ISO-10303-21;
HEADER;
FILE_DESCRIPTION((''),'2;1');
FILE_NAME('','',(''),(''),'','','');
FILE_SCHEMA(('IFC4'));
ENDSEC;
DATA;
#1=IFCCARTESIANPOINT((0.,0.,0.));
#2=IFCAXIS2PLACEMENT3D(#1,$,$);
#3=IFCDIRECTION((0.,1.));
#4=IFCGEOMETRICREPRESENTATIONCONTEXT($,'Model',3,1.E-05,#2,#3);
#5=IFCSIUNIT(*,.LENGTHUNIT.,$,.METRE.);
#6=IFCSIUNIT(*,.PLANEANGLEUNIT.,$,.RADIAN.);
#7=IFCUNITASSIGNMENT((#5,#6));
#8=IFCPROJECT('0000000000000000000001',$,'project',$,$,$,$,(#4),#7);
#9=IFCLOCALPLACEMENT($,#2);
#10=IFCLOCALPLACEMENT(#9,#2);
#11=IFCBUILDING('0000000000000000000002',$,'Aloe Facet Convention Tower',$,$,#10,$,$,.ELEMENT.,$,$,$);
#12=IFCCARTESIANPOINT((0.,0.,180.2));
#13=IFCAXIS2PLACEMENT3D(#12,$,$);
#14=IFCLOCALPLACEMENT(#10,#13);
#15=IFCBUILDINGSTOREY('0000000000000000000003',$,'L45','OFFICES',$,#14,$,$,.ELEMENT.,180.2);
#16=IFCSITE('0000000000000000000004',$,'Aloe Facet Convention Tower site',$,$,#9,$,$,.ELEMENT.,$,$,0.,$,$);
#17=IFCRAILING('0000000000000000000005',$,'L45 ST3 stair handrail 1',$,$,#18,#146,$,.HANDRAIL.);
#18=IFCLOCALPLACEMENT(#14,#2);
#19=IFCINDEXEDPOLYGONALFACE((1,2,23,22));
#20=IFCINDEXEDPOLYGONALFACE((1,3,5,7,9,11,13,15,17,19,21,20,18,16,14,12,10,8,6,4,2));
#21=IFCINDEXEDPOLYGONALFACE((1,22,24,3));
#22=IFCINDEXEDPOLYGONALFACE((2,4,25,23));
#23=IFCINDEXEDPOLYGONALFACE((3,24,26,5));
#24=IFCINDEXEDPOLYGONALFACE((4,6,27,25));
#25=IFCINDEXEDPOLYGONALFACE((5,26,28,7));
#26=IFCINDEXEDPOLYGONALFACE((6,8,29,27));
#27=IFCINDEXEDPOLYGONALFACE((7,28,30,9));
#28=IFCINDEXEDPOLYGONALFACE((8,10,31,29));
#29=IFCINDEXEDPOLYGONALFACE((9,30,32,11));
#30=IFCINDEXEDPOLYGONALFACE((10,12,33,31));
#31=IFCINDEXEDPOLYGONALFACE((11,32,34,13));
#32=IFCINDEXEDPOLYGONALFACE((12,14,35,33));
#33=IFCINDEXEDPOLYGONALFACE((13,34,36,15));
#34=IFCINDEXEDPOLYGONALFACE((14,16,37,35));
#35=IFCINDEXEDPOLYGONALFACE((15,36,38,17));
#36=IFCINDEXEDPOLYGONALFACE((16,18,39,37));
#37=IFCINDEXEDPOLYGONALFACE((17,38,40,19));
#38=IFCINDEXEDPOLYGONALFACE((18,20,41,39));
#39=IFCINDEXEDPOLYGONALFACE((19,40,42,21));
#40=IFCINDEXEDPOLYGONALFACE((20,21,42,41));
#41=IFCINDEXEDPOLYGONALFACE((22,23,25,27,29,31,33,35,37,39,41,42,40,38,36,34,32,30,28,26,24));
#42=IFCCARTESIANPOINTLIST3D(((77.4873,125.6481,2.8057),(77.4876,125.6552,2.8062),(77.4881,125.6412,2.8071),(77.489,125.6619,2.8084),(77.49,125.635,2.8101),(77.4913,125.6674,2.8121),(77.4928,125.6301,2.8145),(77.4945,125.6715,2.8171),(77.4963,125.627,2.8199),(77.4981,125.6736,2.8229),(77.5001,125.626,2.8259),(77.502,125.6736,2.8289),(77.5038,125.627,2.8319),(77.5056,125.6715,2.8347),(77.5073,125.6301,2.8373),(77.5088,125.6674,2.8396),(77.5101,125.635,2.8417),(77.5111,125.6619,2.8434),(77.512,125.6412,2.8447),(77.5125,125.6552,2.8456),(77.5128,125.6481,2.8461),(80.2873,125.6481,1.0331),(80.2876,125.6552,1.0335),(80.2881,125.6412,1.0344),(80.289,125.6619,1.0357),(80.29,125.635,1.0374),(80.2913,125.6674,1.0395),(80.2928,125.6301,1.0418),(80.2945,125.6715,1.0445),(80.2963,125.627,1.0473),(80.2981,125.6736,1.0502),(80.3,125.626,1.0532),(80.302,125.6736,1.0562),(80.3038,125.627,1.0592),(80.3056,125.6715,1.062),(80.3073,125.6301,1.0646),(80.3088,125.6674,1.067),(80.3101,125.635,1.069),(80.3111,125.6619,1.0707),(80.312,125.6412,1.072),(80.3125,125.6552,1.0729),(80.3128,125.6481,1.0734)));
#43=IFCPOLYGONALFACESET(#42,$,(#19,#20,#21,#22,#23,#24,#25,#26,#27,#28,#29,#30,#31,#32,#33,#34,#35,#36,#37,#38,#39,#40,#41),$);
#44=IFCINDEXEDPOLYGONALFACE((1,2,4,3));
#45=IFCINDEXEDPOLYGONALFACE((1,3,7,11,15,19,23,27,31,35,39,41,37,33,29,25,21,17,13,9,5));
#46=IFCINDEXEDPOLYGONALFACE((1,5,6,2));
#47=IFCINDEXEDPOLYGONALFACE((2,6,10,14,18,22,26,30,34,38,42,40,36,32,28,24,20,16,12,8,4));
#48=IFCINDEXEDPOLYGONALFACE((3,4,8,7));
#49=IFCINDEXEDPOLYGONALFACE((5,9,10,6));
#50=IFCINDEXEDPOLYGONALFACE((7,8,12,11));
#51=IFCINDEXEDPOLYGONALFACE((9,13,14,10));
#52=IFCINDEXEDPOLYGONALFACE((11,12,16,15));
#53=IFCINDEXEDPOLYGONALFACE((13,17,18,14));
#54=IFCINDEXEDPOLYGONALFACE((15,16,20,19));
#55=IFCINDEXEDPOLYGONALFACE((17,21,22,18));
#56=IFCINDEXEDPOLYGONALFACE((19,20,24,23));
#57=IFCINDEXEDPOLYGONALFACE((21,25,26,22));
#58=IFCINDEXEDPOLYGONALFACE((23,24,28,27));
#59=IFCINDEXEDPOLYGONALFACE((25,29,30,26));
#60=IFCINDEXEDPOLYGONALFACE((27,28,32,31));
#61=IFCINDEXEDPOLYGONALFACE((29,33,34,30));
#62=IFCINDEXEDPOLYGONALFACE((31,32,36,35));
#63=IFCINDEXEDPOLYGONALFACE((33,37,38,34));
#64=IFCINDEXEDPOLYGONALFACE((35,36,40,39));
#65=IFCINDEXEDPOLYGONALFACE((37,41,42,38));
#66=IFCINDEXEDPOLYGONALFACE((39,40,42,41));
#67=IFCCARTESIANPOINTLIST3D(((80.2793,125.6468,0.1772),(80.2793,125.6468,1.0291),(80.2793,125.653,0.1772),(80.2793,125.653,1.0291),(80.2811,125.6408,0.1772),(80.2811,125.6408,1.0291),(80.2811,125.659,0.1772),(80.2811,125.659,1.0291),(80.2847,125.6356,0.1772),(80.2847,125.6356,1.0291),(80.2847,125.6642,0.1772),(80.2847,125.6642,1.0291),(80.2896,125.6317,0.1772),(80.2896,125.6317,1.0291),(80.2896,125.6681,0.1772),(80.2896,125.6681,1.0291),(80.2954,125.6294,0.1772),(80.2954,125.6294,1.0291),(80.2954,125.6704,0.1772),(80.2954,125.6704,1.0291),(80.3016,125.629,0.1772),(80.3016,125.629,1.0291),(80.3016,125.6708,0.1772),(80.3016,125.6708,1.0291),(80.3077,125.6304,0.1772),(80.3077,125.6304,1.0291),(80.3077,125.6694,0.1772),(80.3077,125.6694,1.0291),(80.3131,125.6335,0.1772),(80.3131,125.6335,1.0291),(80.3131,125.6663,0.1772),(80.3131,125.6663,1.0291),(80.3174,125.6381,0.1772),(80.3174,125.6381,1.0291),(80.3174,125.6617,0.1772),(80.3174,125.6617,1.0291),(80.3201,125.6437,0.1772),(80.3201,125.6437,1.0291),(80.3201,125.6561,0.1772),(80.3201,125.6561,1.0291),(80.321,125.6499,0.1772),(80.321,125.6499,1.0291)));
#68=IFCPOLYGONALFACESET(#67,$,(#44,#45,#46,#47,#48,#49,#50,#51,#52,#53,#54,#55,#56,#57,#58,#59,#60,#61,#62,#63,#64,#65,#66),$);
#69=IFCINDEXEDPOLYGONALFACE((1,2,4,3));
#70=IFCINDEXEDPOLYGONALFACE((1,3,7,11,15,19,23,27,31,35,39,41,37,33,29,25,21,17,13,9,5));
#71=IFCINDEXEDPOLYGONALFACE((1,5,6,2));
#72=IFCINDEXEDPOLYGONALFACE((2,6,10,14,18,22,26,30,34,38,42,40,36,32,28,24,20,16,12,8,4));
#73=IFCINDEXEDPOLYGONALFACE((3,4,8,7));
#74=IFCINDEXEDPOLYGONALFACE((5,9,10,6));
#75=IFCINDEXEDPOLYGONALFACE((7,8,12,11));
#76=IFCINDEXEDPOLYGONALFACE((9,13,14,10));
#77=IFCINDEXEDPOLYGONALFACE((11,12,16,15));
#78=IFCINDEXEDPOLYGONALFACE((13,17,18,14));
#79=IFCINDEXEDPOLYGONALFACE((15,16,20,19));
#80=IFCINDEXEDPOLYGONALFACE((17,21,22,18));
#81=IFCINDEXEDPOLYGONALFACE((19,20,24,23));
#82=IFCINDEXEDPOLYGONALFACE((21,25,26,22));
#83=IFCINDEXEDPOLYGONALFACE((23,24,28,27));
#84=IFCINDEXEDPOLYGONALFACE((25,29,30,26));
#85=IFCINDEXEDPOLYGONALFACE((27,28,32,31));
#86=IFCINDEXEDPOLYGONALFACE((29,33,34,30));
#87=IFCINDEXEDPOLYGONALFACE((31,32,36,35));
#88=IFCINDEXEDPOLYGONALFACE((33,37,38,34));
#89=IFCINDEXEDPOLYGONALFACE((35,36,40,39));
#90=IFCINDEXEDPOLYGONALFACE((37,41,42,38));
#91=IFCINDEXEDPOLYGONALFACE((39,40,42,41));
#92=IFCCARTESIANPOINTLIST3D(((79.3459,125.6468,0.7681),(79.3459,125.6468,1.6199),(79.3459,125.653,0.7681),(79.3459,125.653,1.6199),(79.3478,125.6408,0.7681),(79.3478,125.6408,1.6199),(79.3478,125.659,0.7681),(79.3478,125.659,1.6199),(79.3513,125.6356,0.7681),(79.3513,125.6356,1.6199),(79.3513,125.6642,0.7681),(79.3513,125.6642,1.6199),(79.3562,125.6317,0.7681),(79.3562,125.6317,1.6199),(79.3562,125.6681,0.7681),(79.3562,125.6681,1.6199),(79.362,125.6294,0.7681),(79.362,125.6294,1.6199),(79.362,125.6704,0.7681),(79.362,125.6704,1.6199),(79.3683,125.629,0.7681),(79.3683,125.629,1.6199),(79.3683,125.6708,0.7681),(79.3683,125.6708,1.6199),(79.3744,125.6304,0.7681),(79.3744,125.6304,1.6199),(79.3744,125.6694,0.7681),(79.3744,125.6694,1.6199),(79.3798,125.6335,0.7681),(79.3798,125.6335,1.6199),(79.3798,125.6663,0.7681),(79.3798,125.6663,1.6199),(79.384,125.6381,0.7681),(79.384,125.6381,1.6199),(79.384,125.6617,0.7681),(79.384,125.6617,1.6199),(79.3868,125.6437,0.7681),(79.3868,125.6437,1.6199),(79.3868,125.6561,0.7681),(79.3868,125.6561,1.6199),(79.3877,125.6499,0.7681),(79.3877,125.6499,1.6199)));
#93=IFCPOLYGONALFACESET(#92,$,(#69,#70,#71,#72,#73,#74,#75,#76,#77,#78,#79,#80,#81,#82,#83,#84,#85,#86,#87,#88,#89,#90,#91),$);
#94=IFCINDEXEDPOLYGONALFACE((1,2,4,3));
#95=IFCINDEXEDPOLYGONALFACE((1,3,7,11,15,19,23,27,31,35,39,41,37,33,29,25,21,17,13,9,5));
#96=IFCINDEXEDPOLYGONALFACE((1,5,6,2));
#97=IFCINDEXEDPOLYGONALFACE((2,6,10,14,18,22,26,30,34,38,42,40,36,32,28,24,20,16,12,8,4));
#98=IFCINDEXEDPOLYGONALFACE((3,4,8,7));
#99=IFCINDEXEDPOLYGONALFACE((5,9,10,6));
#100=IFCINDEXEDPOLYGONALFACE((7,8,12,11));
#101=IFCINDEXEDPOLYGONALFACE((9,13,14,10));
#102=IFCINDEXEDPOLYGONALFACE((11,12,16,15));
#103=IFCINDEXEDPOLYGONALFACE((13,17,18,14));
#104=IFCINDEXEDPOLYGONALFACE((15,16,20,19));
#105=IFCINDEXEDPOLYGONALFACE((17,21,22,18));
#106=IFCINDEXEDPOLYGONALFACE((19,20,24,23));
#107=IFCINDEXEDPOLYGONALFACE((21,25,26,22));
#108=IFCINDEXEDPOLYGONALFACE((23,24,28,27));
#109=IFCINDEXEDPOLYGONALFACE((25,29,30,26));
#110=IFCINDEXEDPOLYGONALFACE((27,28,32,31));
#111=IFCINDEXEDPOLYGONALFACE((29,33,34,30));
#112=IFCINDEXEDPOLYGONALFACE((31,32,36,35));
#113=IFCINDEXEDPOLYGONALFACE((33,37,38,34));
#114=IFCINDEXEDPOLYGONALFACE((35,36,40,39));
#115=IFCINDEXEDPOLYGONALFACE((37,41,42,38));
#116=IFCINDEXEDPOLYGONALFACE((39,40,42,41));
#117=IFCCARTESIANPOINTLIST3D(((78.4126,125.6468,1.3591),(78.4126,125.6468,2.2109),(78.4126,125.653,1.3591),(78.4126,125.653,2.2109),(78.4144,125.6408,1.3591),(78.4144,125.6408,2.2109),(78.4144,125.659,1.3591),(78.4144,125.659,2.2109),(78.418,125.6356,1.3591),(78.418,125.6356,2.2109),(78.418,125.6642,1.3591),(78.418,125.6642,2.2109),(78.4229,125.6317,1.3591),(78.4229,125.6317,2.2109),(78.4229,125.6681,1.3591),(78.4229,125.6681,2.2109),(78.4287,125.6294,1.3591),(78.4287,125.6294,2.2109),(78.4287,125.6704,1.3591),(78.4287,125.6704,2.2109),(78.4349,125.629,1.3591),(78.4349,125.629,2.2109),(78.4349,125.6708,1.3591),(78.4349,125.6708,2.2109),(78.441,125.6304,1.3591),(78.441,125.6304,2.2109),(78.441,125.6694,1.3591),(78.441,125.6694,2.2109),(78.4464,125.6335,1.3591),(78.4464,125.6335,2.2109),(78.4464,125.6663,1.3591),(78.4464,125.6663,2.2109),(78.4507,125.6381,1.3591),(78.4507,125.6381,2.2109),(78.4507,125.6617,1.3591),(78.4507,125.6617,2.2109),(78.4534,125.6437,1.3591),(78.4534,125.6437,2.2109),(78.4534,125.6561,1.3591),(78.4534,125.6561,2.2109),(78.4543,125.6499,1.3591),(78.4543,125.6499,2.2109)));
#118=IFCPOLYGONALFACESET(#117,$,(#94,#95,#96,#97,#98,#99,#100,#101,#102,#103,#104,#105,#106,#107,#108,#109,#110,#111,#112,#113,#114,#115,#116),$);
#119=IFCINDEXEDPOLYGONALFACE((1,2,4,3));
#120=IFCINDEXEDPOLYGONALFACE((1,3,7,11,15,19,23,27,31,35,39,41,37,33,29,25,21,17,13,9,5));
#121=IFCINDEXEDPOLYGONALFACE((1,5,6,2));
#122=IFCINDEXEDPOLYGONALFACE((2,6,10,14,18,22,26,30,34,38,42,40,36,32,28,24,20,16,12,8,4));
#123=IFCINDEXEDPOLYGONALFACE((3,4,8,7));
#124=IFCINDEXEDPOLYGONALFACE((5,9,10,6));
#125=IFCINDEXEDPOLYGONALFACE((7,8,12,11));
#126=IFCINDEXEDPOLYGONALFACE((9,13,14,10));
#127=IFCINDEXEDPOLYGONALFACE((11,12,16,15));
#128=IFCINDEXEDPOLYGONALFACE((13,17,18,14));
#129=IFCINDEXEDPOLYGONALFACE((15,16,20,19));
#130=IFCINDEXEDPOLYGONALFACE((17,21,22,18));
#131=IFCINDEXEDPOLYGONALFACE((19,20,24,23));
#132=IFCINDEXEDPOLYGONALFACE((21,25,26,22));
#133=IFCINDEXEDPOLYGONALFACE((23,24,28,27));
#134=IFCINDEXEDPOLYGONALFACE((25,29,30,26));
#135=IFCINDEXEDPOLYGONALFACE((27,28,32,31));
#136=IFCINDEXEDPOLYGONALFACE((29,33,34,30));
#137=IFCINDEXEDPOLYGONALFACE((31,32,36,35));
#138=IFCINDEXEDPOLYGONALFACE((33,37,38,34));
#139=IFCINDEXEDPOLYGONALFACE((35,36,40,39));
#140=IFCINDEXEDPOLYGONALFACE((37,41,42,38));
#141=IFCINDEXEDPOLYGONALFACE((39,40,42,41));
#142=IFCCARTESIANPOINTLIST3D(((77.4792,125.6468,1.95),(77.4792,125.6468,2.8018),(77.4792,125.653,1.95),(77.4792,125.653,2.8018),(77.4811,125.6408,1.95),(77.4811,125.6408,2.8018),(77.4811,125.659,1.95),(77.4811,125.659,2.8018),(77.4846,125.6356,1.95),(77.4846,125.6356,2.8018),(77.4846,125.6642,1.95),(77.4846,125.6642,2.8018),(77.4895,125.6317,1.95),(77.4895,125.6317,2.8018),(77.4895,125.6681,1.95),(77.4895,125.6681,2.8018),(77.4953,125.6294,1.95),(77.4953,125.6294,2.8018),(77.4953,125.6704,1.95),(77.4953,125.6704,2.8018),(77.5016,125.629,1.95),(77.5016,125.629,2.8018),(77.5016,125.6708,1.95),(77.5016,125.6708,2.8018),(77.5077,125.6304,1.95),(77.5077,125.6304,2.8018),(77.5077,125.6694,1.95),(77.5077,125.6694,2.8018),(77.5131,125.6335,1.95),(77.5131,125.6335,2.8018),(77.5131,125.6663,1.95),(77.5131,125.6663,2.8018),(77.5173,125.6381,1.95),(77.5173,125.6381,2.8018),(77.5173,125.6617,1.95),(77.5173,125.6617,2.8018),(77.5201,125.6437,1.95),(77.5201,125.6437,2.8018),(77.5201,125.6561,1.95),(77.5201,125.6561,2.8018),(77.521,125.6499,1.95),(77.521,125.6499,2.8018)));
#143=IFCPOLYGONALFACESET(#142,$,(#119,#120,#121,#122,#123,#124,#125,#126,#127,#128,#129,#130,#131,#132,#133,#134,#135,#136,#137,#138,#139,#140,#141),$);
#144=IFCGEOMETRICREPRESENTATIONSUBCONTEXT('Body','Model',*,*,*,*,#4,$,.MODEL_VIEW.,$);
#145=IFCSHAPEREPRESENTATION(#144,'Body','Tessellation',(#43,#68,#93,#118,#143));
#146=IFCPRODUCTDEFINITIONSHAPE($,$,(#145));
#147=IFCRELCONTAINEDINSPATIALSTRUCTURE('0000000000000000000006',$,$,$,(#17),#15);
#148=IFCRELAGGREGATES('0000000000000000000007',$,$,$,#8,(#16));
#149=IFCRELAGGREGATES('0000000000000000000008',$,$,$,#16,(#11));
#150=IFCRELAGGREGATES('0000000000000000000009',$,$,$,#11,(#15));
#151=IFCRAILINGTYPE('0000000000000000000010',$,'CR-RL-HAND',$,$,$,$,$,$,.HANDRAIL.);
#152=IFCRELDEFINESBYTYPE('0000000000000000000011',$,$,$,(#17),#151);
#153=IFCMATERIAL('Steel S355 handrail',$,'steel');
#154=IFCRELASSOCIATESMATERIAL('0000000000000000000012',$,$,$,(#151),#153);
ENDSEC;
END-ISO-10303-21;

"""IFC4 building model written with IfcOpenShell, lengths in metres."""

from ifc_helpers import new_model, si_unit, direction, frame, origin, origin_2d, place, context, subcontext, project, spatial, circle, extrude, material, type_object, element, save


model = new_model("IFC4")

# Units and contexts
model_context = context("Model", 3, precision=1e-05, world=origin(), true_north=direction((0.0, 1.0)))
body_context = subcontext(model_context, "Body", "Model", "MODEL_VIEW")
ifc_project = project(units=[si_unit("LENGTHUNIT", "METRE"), si_unit("PLANEANGLEUNIT", "RADIAN")], contexts=[model_context])

# Site, building, storey
site_placement = place(None, origin())
site = spatial("IfcSite", under=ifc_project, at=site_placement, Name="Aloe Facet Convention Tower site", CompositionType="ELEMENT", RefElevation=0.0)
building_placement = place(site_placement, origin())
building = spatial("IfcBuilding", under=site, at=building_placement, Name="Aloe Facet Convention Tower", CompositionType="ELEMENT")
storey_placement = place(building_placement, frame((0.0, 0.0, 180.2)))
storey = spatial("IfcBuildingStorey", under=building, at=storey_placement, Name="L45", Description="OFFICES", CompositionType="ELEMENT", Elevation=180.2)

# Railing
ifc_material_1 = material(Name="Steel S355 handrail", Category="steel")
railing_type_1 = type_object("IfcRailingType", Name="CR-RL-HAND", PredefinedType="HANDRAIL", material=ifc_material_1)
railing_1_placement = place(storey_placement, frame((80.3, 125.6499, 0.1772)))
element("IfcRailing", 1, at=railing_1_placement, inside=storey, type_object=railing_type_1, Name="L45 ST3 stair handrail 1", PredefinedType="HANDRAIL", context=body_context, shape_type="SweptSolid", body=[
    extrude(circle(Radius=0.0239, at=origin_2d()), frame((0.0, 0.0, 0.876), z_axis=(-0.844909, 0.0, 0.53491), x_axis=(0.0, -1.0, 0.0)), (0.0, 0.0, 1.0), 3.314),
    extrude(circle(Radius=0.021, at=origin_2d()), origin(), (0.0, 0.0, 1.0), 0.8518),
    extrude(circle(Radius=0.021, at=origin_2d()), frame((-0.9333, 0.0, 0.5908)), (0.0, 0.0, 1.0), 0.8518),
    extrude(circle(Radius=0.021, at=origin_2d()), frame((-1.8667, 0.0, 1.1819)), (0.0, 0.0, 1.0), 0.8518),
    extrude(circle(Radius=0.021, at=origin_2d()), frame((-2.8, 0.0, 1.7727)), (0.0, 0.0, 1.0), 0.8518),
])

save(model, "model.ifc")
